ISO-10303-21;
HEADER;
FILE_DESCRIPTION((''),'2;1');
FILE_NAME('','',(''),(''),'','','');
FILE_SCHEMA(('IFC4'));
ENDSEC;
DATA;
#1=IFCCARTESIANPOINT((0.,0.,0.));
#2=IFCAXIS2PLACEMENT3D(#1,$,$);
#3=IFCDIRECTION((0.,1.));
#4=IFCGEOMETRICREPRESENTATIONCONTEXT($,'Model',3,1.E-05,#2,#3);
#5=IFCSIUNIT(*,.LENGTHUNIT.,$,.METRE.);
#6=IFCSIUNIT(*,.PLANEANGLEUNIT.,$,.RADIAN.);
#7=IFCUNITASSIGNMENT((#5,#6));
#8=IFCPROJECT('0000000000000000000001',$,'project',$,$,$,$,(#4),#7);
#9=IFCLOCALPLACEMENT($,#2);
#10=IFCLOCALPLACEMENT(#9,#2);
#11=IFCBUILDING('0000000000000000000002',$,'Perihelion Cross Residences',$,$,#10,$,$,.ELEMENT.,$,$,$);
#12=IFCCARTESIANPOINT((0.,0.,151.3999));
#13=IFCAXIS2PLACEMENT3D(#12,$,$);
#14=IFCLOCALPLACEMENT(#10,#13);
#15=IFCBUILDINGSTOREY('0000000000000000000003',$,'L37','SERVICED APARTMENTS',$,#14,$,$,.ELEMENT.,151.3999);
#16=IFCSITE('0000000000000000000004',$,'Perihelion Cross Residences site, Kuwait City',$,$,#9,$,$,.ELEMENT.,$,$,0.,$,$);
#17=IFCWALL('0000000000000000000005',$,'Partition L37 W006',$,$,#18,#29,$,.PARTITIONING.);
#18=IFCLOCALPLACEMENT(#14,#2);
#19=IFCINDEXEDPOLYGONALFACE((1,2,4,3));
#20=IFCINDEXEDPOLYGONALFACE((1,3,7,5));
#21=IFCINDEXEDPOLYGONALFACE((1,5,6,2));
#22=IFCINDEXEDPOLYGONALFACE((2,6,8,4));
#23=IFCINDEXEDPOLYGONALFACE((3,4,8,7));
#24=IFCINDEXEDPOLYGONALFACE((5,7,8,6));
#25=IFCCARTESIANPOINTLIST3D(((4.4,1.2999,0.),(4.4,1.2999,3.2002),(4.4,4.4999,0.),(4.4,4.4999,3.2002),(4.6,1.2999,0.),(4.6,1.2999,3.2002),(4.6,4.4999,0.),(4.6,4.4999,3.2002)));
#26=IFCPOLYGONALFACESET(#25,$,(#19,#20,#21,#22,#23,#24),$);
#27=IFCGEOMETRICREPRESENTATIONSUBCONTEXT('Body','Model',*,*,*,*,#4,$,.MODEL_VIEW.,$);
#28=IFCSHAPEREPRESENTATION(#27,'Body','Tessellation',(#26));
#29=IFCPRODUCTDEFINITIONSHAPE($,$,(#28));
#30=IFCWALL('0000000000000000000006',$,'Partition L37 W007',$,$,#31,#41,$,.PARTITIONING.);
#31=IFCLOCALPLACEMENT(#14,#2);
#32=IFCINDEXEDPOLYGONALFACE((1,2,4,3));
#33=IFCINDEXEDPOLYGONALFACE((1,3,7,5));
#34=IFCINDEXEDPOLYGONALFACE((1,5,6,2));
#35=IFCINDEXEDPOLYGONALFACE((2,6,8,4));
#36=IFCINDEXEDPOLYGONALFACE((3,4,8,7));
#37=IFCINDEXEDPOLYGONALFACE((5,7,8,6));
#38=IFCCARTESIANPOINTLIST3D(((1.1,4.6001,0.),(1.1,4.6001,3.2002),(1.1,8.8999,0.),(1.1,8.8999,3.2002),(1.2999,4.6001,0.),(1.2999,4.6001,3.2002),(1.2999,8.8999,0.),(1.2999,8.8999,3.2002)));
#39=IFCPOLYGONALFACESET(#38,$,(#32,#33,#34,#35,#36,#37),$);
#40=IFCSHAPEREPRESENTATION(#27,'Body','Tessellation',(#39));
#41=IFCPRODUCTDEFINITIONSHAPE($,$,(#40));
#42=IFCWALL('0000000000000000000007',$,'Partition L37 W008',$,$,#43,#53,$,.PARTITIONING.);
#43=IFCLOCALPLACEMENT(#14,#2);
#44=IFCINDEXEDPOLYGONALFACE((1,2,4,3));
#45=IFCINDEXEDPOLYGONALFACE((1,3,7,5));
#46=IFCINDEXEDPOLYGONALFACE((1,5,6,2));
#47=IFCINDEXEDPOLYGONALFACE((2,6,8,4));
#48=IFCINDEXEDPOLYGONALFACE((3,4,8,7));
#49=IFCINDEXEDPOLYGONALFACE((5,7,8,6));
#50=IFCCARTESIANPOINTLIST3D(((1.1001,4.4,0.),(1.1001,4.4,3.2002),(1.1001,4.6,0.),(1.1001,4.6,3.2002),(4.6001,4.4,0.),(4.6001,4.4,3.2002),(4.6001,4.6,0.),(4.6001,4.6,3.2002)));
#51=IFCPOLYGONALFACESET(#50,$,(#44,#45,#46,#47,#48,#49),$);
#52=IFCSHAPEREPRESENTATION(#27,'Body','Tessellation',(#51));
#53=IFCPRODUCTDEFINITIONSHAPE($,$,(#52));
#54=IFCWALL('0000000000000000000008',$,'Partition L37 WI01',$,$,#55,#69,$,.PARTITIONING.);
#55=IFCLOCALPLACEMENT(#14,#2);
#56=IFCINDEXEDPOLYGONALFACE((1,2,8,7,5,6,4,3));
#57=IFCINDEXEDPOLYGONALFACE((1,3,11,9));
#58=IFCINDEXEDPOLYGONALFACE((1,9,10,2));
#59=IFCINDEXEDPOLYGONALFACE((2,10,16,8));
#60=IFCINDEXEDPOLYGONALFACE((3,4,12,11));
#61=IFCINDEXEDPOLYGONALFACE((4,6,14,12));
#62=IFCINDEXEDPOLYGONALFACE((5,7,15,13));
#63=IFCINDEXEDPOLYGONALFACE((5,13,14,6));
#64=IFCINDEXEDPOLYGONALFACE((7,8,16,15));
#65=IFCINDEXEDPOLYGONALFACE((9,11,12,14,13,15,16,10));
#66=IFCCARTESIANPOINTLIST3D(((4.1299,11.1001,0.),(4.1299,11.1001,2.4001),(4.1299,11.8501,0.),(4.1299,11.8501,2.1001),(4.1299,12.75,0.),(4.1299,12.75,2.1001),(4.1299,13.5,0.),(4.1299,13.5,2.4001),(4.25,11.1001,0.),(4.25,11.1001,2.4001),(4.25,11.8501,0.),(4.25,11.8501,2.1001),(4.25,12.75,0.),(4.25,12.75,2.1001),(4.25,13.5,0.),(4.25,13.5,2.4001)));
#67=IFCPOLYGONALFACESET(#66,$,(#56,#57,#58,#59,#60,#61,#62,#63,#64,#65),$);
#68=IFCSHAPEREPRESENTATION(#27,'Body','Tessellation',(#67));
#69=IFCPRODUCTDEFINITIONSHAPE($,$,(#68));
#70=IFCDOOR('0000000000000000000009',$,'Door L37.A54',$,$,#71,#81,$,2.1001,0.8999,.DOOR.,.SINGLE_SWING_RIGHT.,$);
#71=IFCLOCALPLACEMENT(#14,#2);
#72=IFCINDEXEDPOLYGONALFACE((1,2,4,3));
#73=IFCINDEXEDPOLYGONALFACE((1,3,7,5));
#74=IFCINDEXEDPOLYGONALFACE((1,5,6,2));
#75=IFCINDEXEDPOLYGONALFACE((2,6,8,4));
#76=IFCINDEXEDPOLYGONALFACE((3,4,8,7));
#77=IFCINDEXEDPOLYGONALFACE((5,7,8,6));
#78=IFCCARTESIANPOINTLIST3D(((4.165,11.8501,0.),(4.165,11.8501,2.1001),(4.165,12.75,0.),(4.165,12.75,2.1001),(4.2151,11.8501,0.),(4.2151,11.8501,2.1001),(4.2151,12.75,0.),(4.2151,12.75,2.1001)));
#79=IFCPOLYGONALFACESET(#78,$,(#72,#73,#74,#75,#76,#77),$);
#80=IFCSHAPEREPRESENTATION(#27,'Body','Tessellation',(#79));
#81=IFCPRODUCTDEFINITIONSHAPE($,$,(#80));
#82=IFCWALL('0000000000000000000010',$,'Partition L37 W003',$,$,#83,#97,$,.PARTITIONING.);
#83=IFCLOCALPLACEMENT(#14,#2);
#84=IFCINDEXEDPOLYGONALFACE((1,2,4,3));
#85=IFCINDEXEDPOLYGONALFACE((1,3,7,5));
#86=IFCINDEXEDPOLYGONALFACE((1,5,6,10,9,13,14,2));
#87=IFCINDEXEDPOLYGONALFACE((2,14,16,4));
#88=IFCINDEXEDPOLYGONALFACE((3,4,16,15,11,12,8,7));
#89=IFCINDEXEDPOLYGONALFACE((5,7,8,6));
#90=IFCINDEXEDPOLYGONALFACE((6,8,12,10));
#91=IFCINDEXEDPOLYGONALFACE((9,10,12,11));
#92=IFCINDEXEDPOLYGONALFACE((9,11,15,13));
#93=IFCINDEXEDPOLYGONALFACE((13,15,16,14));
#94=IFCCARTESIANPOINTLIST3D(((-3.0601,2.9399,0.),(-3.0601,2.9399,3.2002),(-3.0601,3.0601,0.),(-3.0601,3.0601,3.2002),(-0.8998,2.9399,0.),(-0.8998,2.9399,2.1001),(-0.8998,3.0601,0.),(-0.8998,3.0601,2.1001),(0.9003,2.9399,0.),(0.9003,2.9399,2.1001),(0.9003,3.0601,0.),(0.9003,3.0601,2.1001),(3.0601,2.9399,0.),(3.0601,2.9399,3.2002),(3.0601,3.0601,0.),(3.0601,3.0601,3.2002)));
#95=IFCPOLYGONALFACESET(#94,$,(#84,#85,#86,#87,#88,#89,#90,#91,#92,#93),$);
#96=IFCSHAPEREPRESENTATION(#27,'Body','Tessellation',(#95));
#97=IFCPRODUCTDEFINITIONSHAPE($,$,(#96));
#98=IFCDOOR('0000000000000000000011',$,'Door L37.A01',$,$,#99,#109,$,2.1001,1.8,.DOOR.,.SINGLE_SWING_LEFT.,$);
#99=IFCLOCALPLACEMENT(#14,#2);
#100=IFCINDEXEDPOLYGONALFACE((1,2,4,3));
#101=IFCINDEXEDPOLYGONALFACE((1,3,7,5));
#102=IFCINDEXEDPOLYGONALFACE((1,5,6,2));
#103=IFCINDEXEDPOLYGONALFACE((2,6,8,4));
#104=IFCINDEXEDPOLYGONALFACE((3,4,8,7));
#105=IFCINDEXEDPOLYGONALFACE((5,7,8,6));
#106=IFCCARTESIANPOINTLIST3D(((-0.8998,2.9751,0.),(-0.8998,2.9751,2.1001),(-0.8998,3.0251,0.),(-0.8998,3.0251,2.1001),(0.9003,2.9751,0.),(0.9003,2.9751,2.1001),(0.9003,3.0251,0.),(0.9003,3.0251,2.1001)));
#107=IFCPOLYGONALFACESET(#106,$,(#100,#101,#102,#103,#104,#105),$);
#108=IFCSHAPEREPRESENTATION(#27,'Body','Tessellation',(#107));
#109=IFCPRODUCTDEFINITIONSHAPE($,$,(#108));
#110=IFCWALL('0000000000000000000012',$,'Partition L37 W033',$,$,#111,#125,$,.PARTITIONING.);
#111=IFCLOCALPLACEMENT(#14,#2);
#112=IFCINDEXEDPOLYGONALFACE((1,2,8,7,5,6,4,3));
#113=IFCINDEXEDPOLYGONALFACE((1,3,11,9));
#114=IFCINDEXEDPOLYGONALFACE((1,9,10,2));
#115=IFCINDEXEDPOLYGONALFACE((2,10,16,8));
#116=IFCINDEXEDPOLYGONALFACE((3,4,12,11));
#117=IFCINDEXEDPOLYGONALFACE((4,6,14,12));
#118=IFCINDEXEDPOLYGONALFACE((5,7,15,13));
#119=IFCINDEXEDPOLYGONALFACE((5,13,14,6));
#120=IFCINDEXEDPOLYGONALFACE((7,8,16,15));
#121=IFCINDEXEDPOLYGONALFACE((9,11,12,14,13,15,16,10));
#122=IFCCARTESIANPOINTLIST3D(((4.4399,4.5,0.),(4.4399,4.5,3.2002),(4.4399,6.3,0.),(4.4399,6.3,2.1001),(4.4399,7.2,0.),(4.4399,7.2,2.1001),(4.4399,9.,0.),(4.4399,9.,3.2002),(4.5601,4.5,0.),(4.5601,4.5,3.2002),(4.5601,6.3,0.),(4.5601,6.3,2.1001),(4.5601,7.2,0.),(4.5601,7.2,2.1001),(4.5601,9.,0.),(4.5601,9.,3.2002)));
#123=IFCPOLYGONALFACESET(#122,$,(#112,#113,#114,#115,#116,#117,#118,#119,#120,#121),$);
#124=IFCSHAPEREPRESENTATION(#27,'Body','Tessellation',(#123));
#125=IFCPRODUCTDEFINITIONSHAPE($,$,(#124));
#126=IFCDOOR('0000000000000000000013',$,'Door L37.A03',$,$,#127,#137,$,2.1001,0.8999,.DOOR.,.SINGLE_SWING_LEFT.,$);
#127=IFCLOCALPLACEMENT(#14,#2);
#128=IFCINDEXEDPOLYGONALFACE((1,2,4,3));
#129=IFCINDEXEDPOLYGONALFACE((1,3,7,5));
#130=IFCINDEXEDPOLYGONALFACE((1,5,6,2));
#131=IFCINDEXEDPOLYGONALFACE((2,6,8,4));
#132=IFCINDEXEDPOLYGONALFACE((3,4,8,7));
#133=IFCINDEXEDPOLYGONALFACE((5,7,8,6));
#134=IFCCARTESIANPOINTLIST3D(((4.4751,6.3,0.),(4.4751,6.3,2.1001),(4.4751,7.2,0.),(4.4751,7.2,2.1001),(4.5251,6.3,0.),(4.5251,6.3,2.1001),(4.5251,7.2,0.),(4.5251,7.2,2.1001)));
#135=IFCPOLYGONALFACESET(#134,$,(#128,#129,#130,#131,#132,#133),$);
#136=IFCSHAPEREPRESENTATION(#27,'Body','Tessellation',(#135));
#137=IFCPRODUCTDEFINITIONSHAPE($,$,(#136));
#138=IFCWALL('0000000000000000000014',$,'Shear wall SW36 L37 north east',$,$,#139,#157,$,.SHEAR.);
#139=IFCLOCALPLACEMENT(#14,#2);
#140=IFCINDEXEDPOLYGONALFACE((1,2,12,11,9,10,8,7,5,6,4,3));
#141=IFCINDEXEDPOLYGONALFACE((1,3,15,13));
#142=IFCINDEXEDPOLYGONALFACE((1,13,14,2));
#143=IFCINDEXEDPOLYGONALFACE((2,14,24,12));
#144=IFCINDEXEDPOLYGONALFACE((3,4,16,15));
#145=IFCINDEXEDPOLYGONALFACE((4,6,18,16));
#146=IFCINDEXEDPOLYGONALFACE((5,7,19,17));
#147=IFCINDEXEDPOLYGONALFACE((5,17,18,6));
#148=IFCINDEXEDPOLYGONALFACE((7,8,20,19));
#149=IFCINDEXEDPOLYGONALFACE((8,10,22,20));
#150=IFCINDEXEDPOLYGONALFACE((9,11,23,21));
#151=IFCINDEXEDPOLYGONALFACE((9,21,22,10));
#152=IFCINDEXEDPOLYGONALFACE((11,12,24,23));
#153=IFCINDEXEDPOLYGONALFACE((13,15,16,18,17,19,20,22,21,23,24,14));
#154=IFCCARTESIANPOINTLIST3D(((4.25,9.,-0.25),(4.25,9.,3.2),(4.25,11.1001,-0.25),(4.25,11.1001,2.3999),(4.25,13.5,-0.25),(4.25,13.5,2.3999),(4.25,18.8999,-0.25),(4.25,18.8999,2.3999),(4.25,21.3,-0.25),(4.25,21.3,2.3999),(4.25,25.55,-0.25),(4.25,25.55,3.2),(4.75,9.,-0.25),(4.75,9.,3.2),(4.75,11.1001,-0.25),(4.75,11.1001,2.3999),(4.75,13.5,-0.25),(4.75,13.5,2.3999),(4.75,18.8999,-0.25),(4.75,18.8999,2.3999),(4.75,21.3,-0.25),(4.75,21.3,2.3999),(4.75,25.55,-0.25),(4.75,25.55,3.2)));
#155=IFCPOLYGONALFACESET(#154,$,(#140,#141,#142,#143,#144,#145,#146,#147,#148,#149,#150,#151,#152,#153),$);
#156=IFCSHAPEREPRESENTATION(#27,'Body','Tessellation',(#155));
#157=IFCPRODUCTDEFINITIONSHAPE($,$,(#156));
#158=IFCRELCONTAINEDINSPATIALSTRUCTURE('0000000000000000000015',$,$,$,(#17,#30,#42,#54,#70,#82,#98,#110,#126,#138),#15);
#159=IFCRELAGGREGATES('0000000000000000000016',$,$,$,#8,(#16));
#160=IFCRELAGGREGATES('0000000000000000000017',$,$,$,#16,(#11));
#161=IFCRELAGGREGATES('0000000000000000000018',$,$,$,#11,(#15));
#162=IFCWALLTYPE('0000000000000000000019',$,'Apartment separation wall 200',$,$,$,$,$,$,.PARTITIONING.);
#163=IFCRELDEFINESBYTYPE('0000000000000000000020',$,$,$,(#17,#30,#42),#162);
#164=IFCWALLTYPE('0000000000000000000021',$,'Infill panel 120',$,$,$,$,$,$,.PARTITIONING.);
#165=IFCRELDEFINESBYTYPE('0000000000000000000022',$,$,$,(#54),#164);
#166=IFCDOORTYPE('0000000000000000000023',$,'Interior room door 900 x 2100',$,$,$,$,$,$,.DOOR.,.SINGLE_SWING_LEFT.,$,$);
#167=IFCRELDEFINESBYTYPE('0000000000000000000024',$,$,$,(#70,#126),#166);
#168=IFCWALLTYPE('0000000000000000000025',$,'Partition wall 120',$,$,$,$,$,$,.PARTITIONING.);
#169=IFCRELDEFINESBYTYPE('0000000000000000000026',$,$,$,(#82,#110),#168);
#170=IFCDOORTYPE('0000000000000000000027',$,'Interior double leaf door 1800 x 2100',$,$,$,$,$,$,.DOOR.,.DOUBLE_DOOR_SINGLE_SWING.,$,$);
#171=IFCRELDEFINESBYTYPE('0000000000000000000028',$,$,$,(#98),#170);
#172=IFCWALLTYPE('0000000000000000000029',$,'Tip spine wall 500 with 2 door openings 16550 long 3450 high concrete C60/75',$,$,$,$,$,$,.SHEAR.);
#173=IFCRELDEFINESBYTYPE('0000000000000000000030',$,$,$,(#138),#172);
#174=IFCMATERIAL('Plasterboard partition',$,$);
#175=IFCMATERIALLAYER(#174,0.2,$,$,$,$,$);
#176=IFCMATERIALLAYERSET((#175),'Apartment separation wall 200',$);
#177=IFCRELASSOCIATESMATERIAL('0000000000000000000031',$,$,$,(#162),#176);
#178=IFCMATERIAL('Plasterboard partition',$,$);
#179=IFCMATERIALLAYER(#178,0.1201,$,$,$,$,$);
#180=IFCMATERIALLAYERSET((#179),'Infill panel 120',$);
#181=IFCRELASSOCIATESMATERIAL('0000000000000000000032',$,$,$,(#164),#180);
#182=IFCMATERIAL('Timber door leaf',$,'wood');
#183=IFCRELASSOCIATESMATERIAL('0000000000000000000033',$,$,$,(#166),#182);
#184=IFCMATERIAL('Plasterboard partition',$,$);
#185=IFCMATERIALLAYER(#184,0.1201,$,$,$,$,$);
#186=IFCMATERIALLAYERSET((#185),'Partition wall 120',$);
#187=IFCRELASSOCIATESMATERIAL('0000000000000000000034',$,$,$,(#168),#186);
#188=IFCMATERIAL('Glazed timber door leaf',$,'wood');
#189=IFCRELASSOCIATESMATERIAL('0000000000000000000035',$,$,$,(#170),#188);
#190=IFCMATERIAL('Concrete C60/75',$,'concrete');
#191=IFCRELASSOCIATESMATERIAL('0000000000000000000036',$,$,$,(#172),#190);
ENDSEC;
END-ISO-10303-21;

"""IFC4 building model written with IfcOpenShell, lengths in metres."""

from ifc_helpers import new_model, si_unit, direction, frame, frame_2d, origin, place, context, subcontext, project, spatial, polyline, rectangle, outline, extrude, material, layer, layer_set, material_profile, profile_set, type_object, element, fill, save


model = new_model("IFC4")

# Units and contexts
model_context = context("Model", 3, precision=1e-05, world=origin(), true_north=direction((0.0, 1.0)))
body_context = subcontext(model_context, "Body", "Model", "MODEL_VIEW")
ifc_project = project(units=[si_unit("LENGTHUNIT", "METRE"), si_unit("PLANEANGLEUNIT", "RADIAN")], contexts=[model_context])

# Site, building, storey
site_placement = place(None, origin())
site = spatial("IfcSite", under=ifc_project, at=site_placement, Name="Perihelion Cross Residences site, Kuwait City", CompositionType="ELEMENT", RefElevation=0.0)
building_placement = place(site_placement, origin())
building = spatial("IfcBuilding", under=site, at=building_placement, Name="Perihelion Cross Residences", CompositionType="ELEMENT")
storey_placement = place(building_placement, frame((0.0, 0.0, 151.3999)))
storey = spatial("IfcBuildingStorey", under=building, at=storey_placement, Name="L37", Description="SERVICED APARTMENTS", CompositionType="ELEMENT", Elevation=151.3999)

# Shared definitions
ifc_material_1 = material(Name="Plasterboard partition")
ifc_layer_1 = layer(ifc_material_1, 0.2)
ifc_layer_set_1 = layer_set([ifc_layer_1], Name="Apartment separation wall 200")
wall_type_1 = type_object("IfcWallType", Name="Apartment separation wall 200", PredefinedType="PARTITIONING", material=ifc_layer_set_1)

# Walls
wall_1_placement = place(storey_placement, frame((4.5, 4.5, 0.0), z_axis=(0.0, 0.0, 1.0), x_axis=(0.0, -1.0, 0.0)))
element("IfcWall", 1, at=wall_1_placement, inside=storey, type_object=wall_type_1, Name="Partition L37 W006", PredefinedType="PARTITIONING", context=body_context, shape_type="SweptSolid", body=[
    extrude(rectangle(XDim=3.2, YDim=0.2, at=frame_2d((1.6001, 0.0))), origin(), (0.0, 0.0, 1.0), 3.2002),
])
wall_2_placement = place(storey_placement, frame((1.2, 8.8999, 0.0), z_axis=(0.0, 0.0, 1.0), x_axis=(0.0, -1.0, 0.0)))
element("IfcWall", 2, at=wall_2_placement, inside=storey, type_object=wall_type_1, Name="Partition L37 W007", PredefinedType="PARTITIONING", context=body_context, shape_type="SweptSolid", body=[
    extrude(rectangle(XDim=4.2998, YDim=0.2, at=frame_2d((2.1499, 0.0))), origin(), (0.0, 0.0, 1.0), 3.2002),
])
wall_3_placement = place(storey_placement, frame((1.1001, 4.5, 0.0), z_axis=(0.0, 0.0, 1.0), x_axis=(1.0, 0.0, 0.0)))
element("IfcWall", 3, at=wall_3_placement, inside=storey, type_object=wall_type_1, Name="Partition L37 W008", PredefinedType="PARTITIONING", context=body_context, shape_type="SweptSolid", body=[
    extrude(rectangle(XDim=3.5, YDim=0.2, at=frame_2d((1.75, 0.0))), origin(), (0.0, 0.0, 1.0), 3.2002),
])

# Walls, openings, doors
ifc_material_2 = material(Name="Plasterboard partition")
ifc_layer_2 = layer(ifc_material_2, 0.1201)
ifc_layer_set_2 = layer_set([ifc_layer_2], Name="Infill panel 120")
wall_type_2 = type_object("IfcWallType", Name="Infill panel 120", PredefinedType="PARTITIONING", material=ifc_layer_set_2)
wall_4_placement = place(storey_placement, frame((4.1899, 11.1001, 0.0), z_axis=(0.0, 0.0, 1.0), x_axis=(0.0, 1.0, 0.0)))
wall_4 = element("IfcWall", 4, at=wall_4_placement, inside=storey, type_object=wall_type_2, Name="Partition L37 WI01", PredefinedType="PARTITIONING", context=body_context, shape_type="SweptSolid", body=[
    extrude(rectangle(XDim=2.3999, YDim=0.1201, at=frame_2d((1.2, 0.0))), origin(), (0.0, 0.0, 1.0), 2.4001),
])
opening_1_placement = place(wall_4_placement, frame((0.75, 0.0, 0.0)))
opening_1 = element("IfcOpeningElement", 5, at=opening_1_placement, cuts=wall_4, PredefinedType="OPENING", context=body_context, shape_type="SweptSolid", body=[
    extrude(rectangle(XDim=0.8999, YDim=2.1001, at=frame_2d((0.45, 1.05))), frame((0.0, 0.0701, 0.0), z_axis=(0.0, -1.0, 0.0), x_axis=(1.0, 0.0, 0.0)), (0.0, 0.0, 1.0), 0.1401),
])
ifc_material_3 = material(Name="Timber door leaf", Category="wood")
door_type_1 = type_object("IfcDoorType", Name="Interior room door 900 x 2100", OperationType="SINGLE_SWING_LEFT", PredefinedType="DOOR", material=ifc_material_3)
door_1_placement = place(opening_1_placement, origin())
door_1 = element("IfcDoor", 6, at=door_1_placement, inside=storey, type_object=door_type_1, Name="Door L37.A54", OperationType="SINGLE_SWING_RIGHT", OverallHeight=2.1001, OverallWidth=0.8999, PredefinedType="DOOR", context=body_context, shape_type="SweptSolid", body=[
    extrude(rectangle(XDim=0.8999, YDim=2.1001, at=frame_2d((0.45, 1.05))), frame((0.0, 0.0249, 0.0), z_axis=(0.0, -1.0, 0.0), x_axis=(1.0, 0.0, 0.0)), (0.0, 0.0, 1.0), 0.05),
])
fill(opening_1, door_1)
ifc_material_4 = material(Name="Plasterboard partition")
ifc_layer_3 = layer(ifc_material_4, 0.1201)
ifc_layer_set_3 = layer_set([ifc_layer_3], Name="Partition wall 120")
wall_type_3 = type_object("IfcWallType", Name="Partition wall 120", PredefinedType="PARTITIONING", material=ifc_layer_set_3)
wall_5_placement = place(storey_placement, frame((3.0601, 3.0, 0.0), z_axis=(0.0, 0.0, 1.0), x_axis=(-1.0, 0.0, 0.0)))
wall_5 = element("IfcWall", 7, at=wall_5_placement, inside=storey, type_object=wall_type_3, Name="Partition L37 W003", PredefinedType="PARTITIONING", context=body_context, shape_type="SweptSolid", body=[
    extrude(rectangle(XDim=6.1201, YDim=0.1201, at=frame_2d((3.0601, 0.0))), origin(), (0.0, 0.0, 1.0), 3.2002),
])
opening_2_placement = place(wall_5_placement, frame((2.1599, 0.0, 0.0)))
opening_2 = element("IfcOpeningElement", 8, at=opening_2_placement, cuts=wall_5, PredefinedType="OPENING", context=body_context, shape_type="SweptSolid", body=[
    extrude(rectangle(XDim=1.8, YDim=2.1001, at=frame_2d((0.8999, 1.05))), frame((0.0, 0.0701, 0.0), z_axis=(0.0, -1.0, 0.0), x_axis=(1.0, 0.0, 0.0)), (0.0, 0.0, 1.0), 0.1401),
])
ifc_material_5 = material(Name="Glazed timber door leaf", Category="wood")
door_type_2 = type_object("IfcDoorType", Name="Interior double leaf door 1800 x 2100", OperationType="DOUBLE_DOOR_SINGLE_SWING", PredefinedType="DOOR", material=ifc_material_5)
door_2_placement = place(opening_2_placement, origin())
door_2 = element("IfcDoor", 9, at=door_2_placement, inside=storey, type_object=door_type_2, Name="Door L37.A01", OperationType="SINGLE_SWING_LEFT", OverallHeight=2.1001, OverallWidth=1.8, PredefinedType="DOOR", context=body_context, shape_type="SweptSolid", body=[
    extrude(rectangle(XDim=1.8, YDim=2.1001, at=frame_2d((0.8999, 1.05))), frame((0.0, 0.0249, 0.0), z_axis=(0.0, -1.0, 0.0), x_axis=(1.0, 0.0, 0.0)), (0.0, 0.0, 1.0), 0.05),
])
fill(opening_2, door_2)
wall_6_placement = place(storey_placement, frame((4.5, 4.5, 0.0), z_axis=(0.0, 0.0, 1.0), x_axis=(0.0, 1.0, 0.0)))
wall_6 = element("IfcWall", 10, at=wall_6_placement, inside=storey, type_object=wall_type_3, Name="Partition L37 W033", PredefinedType="PARTITIONING", context=body_context, shape_type="SweptSolid", body=[
    extrude(rectangle(XDim=4.5, YDim=0.1201, at=frame_2d((2.25, 0.0))), origin(), (0.0, 0.0, 1.0), 3.2002),
])
opening_3_placement = place(wall_6_placement, frame((1.8, 0.0, 0.0)))
opening_3 = element("IfcOpeningElement", 11, at=opening_3_placement, cuts=wall_6, PredefinedType="OPENING", context=body_context, shape_type="SweptSolid", body=[
    extrude(rectangle(XDim=0.8999, YDim=2.1001, at=frame_2d((0.45, 1.05))), frame((0.0, 0.0701, 0.0), z_axis=(0.0, -1.0, 0.0), x_axis=(1.0, 0.0, 0.0)), (0.0, 0.0, 1.0), 0.1401),
])
door_3_placement = place(opening_3_placement, origin())
door_3 = element("IfcDoor", 12, at=door_3_placement, inside=storey, type_object=door_type_1, Name="Door L37.A03", OperationType="SINGLE_SWING_LEFT", OverallHeight=2.1001, OverallWidth=0.8999, PredefinedType="DOOR", context=body_context, shape_type="SweptSolid", body=[
    extrude(rectangle(XDim=0.8999, YDim=2.1001, at=frame_2d((0.45, 1.05))), frame((0.0, 0.0249, 0.0), z_axis=(0.0, -1.0, 0.0), x_axis=(1.0, 0.0, 0.0)), (0.0, 0.0, 1.0), 0.05),
])
fill(opening_3, door_3)

# Wall
ifc_material_6 = material(Name="Concrete C60/75", Category="concrete")
ifc_material_profile_1 = material_profile(ifc_material_6, outline(polyline([(0.0, 0.0), (2.1001, 0.0), (2.1001, 2.6499), (4.5, 2.6499), (4.5, 0.0), (9.8999, 0.0), (9.8999, 2.6499), (12.3, 2.6499), (12.3, 0.0), (16.55, 0.0), (16.55, 3.45), (0.0, 3.45), (0.0, 0.0)])), Name="Tip spine wall")
ifc_profile_set_1 = profile_set([ifc_material_profile_1], Name="Concrete C60/75")
wall_type_4 = type_object("IfcWallType", Name="Tip spine wall 500 with 2 door openings 16550 long 3450 high concrete C60/75", PredefinedType="SHEAR", material=ifc_profile_set_1)
wall_7_placement = place(storey_placement, frame((4.25, 9.0, -0.25), z_axis=(1.0, 0.0, 0.0), x_axis=(0.0, 1.0, 0.0)))
element("IfcWall", 13, at=wall_7_placement, inside=storey, type_object=wall_type_4, Name="Shear wall SW36 L37 north east", PredefinedType="SHEAR", context=body_context, shape_type="SweptSolid", body=[
    extrude(outline(polyline([(0.0, 0.0), (2.1001, 0.0), (2.1001, 2.6499), (4.5, 2.6499), (4.5, 0.0), (9.8999, 0.0), (9.8999, 2.6499), (12.3, 2.6499), (12.3, 0.0), (16.55, 0.0), (16.55, 3.45), (0.0, 3.45), (0.0, 0.0)])), origin(), (0.0, 0.0, 1.0), 0.5),
])

save(model, "model.ifc")
